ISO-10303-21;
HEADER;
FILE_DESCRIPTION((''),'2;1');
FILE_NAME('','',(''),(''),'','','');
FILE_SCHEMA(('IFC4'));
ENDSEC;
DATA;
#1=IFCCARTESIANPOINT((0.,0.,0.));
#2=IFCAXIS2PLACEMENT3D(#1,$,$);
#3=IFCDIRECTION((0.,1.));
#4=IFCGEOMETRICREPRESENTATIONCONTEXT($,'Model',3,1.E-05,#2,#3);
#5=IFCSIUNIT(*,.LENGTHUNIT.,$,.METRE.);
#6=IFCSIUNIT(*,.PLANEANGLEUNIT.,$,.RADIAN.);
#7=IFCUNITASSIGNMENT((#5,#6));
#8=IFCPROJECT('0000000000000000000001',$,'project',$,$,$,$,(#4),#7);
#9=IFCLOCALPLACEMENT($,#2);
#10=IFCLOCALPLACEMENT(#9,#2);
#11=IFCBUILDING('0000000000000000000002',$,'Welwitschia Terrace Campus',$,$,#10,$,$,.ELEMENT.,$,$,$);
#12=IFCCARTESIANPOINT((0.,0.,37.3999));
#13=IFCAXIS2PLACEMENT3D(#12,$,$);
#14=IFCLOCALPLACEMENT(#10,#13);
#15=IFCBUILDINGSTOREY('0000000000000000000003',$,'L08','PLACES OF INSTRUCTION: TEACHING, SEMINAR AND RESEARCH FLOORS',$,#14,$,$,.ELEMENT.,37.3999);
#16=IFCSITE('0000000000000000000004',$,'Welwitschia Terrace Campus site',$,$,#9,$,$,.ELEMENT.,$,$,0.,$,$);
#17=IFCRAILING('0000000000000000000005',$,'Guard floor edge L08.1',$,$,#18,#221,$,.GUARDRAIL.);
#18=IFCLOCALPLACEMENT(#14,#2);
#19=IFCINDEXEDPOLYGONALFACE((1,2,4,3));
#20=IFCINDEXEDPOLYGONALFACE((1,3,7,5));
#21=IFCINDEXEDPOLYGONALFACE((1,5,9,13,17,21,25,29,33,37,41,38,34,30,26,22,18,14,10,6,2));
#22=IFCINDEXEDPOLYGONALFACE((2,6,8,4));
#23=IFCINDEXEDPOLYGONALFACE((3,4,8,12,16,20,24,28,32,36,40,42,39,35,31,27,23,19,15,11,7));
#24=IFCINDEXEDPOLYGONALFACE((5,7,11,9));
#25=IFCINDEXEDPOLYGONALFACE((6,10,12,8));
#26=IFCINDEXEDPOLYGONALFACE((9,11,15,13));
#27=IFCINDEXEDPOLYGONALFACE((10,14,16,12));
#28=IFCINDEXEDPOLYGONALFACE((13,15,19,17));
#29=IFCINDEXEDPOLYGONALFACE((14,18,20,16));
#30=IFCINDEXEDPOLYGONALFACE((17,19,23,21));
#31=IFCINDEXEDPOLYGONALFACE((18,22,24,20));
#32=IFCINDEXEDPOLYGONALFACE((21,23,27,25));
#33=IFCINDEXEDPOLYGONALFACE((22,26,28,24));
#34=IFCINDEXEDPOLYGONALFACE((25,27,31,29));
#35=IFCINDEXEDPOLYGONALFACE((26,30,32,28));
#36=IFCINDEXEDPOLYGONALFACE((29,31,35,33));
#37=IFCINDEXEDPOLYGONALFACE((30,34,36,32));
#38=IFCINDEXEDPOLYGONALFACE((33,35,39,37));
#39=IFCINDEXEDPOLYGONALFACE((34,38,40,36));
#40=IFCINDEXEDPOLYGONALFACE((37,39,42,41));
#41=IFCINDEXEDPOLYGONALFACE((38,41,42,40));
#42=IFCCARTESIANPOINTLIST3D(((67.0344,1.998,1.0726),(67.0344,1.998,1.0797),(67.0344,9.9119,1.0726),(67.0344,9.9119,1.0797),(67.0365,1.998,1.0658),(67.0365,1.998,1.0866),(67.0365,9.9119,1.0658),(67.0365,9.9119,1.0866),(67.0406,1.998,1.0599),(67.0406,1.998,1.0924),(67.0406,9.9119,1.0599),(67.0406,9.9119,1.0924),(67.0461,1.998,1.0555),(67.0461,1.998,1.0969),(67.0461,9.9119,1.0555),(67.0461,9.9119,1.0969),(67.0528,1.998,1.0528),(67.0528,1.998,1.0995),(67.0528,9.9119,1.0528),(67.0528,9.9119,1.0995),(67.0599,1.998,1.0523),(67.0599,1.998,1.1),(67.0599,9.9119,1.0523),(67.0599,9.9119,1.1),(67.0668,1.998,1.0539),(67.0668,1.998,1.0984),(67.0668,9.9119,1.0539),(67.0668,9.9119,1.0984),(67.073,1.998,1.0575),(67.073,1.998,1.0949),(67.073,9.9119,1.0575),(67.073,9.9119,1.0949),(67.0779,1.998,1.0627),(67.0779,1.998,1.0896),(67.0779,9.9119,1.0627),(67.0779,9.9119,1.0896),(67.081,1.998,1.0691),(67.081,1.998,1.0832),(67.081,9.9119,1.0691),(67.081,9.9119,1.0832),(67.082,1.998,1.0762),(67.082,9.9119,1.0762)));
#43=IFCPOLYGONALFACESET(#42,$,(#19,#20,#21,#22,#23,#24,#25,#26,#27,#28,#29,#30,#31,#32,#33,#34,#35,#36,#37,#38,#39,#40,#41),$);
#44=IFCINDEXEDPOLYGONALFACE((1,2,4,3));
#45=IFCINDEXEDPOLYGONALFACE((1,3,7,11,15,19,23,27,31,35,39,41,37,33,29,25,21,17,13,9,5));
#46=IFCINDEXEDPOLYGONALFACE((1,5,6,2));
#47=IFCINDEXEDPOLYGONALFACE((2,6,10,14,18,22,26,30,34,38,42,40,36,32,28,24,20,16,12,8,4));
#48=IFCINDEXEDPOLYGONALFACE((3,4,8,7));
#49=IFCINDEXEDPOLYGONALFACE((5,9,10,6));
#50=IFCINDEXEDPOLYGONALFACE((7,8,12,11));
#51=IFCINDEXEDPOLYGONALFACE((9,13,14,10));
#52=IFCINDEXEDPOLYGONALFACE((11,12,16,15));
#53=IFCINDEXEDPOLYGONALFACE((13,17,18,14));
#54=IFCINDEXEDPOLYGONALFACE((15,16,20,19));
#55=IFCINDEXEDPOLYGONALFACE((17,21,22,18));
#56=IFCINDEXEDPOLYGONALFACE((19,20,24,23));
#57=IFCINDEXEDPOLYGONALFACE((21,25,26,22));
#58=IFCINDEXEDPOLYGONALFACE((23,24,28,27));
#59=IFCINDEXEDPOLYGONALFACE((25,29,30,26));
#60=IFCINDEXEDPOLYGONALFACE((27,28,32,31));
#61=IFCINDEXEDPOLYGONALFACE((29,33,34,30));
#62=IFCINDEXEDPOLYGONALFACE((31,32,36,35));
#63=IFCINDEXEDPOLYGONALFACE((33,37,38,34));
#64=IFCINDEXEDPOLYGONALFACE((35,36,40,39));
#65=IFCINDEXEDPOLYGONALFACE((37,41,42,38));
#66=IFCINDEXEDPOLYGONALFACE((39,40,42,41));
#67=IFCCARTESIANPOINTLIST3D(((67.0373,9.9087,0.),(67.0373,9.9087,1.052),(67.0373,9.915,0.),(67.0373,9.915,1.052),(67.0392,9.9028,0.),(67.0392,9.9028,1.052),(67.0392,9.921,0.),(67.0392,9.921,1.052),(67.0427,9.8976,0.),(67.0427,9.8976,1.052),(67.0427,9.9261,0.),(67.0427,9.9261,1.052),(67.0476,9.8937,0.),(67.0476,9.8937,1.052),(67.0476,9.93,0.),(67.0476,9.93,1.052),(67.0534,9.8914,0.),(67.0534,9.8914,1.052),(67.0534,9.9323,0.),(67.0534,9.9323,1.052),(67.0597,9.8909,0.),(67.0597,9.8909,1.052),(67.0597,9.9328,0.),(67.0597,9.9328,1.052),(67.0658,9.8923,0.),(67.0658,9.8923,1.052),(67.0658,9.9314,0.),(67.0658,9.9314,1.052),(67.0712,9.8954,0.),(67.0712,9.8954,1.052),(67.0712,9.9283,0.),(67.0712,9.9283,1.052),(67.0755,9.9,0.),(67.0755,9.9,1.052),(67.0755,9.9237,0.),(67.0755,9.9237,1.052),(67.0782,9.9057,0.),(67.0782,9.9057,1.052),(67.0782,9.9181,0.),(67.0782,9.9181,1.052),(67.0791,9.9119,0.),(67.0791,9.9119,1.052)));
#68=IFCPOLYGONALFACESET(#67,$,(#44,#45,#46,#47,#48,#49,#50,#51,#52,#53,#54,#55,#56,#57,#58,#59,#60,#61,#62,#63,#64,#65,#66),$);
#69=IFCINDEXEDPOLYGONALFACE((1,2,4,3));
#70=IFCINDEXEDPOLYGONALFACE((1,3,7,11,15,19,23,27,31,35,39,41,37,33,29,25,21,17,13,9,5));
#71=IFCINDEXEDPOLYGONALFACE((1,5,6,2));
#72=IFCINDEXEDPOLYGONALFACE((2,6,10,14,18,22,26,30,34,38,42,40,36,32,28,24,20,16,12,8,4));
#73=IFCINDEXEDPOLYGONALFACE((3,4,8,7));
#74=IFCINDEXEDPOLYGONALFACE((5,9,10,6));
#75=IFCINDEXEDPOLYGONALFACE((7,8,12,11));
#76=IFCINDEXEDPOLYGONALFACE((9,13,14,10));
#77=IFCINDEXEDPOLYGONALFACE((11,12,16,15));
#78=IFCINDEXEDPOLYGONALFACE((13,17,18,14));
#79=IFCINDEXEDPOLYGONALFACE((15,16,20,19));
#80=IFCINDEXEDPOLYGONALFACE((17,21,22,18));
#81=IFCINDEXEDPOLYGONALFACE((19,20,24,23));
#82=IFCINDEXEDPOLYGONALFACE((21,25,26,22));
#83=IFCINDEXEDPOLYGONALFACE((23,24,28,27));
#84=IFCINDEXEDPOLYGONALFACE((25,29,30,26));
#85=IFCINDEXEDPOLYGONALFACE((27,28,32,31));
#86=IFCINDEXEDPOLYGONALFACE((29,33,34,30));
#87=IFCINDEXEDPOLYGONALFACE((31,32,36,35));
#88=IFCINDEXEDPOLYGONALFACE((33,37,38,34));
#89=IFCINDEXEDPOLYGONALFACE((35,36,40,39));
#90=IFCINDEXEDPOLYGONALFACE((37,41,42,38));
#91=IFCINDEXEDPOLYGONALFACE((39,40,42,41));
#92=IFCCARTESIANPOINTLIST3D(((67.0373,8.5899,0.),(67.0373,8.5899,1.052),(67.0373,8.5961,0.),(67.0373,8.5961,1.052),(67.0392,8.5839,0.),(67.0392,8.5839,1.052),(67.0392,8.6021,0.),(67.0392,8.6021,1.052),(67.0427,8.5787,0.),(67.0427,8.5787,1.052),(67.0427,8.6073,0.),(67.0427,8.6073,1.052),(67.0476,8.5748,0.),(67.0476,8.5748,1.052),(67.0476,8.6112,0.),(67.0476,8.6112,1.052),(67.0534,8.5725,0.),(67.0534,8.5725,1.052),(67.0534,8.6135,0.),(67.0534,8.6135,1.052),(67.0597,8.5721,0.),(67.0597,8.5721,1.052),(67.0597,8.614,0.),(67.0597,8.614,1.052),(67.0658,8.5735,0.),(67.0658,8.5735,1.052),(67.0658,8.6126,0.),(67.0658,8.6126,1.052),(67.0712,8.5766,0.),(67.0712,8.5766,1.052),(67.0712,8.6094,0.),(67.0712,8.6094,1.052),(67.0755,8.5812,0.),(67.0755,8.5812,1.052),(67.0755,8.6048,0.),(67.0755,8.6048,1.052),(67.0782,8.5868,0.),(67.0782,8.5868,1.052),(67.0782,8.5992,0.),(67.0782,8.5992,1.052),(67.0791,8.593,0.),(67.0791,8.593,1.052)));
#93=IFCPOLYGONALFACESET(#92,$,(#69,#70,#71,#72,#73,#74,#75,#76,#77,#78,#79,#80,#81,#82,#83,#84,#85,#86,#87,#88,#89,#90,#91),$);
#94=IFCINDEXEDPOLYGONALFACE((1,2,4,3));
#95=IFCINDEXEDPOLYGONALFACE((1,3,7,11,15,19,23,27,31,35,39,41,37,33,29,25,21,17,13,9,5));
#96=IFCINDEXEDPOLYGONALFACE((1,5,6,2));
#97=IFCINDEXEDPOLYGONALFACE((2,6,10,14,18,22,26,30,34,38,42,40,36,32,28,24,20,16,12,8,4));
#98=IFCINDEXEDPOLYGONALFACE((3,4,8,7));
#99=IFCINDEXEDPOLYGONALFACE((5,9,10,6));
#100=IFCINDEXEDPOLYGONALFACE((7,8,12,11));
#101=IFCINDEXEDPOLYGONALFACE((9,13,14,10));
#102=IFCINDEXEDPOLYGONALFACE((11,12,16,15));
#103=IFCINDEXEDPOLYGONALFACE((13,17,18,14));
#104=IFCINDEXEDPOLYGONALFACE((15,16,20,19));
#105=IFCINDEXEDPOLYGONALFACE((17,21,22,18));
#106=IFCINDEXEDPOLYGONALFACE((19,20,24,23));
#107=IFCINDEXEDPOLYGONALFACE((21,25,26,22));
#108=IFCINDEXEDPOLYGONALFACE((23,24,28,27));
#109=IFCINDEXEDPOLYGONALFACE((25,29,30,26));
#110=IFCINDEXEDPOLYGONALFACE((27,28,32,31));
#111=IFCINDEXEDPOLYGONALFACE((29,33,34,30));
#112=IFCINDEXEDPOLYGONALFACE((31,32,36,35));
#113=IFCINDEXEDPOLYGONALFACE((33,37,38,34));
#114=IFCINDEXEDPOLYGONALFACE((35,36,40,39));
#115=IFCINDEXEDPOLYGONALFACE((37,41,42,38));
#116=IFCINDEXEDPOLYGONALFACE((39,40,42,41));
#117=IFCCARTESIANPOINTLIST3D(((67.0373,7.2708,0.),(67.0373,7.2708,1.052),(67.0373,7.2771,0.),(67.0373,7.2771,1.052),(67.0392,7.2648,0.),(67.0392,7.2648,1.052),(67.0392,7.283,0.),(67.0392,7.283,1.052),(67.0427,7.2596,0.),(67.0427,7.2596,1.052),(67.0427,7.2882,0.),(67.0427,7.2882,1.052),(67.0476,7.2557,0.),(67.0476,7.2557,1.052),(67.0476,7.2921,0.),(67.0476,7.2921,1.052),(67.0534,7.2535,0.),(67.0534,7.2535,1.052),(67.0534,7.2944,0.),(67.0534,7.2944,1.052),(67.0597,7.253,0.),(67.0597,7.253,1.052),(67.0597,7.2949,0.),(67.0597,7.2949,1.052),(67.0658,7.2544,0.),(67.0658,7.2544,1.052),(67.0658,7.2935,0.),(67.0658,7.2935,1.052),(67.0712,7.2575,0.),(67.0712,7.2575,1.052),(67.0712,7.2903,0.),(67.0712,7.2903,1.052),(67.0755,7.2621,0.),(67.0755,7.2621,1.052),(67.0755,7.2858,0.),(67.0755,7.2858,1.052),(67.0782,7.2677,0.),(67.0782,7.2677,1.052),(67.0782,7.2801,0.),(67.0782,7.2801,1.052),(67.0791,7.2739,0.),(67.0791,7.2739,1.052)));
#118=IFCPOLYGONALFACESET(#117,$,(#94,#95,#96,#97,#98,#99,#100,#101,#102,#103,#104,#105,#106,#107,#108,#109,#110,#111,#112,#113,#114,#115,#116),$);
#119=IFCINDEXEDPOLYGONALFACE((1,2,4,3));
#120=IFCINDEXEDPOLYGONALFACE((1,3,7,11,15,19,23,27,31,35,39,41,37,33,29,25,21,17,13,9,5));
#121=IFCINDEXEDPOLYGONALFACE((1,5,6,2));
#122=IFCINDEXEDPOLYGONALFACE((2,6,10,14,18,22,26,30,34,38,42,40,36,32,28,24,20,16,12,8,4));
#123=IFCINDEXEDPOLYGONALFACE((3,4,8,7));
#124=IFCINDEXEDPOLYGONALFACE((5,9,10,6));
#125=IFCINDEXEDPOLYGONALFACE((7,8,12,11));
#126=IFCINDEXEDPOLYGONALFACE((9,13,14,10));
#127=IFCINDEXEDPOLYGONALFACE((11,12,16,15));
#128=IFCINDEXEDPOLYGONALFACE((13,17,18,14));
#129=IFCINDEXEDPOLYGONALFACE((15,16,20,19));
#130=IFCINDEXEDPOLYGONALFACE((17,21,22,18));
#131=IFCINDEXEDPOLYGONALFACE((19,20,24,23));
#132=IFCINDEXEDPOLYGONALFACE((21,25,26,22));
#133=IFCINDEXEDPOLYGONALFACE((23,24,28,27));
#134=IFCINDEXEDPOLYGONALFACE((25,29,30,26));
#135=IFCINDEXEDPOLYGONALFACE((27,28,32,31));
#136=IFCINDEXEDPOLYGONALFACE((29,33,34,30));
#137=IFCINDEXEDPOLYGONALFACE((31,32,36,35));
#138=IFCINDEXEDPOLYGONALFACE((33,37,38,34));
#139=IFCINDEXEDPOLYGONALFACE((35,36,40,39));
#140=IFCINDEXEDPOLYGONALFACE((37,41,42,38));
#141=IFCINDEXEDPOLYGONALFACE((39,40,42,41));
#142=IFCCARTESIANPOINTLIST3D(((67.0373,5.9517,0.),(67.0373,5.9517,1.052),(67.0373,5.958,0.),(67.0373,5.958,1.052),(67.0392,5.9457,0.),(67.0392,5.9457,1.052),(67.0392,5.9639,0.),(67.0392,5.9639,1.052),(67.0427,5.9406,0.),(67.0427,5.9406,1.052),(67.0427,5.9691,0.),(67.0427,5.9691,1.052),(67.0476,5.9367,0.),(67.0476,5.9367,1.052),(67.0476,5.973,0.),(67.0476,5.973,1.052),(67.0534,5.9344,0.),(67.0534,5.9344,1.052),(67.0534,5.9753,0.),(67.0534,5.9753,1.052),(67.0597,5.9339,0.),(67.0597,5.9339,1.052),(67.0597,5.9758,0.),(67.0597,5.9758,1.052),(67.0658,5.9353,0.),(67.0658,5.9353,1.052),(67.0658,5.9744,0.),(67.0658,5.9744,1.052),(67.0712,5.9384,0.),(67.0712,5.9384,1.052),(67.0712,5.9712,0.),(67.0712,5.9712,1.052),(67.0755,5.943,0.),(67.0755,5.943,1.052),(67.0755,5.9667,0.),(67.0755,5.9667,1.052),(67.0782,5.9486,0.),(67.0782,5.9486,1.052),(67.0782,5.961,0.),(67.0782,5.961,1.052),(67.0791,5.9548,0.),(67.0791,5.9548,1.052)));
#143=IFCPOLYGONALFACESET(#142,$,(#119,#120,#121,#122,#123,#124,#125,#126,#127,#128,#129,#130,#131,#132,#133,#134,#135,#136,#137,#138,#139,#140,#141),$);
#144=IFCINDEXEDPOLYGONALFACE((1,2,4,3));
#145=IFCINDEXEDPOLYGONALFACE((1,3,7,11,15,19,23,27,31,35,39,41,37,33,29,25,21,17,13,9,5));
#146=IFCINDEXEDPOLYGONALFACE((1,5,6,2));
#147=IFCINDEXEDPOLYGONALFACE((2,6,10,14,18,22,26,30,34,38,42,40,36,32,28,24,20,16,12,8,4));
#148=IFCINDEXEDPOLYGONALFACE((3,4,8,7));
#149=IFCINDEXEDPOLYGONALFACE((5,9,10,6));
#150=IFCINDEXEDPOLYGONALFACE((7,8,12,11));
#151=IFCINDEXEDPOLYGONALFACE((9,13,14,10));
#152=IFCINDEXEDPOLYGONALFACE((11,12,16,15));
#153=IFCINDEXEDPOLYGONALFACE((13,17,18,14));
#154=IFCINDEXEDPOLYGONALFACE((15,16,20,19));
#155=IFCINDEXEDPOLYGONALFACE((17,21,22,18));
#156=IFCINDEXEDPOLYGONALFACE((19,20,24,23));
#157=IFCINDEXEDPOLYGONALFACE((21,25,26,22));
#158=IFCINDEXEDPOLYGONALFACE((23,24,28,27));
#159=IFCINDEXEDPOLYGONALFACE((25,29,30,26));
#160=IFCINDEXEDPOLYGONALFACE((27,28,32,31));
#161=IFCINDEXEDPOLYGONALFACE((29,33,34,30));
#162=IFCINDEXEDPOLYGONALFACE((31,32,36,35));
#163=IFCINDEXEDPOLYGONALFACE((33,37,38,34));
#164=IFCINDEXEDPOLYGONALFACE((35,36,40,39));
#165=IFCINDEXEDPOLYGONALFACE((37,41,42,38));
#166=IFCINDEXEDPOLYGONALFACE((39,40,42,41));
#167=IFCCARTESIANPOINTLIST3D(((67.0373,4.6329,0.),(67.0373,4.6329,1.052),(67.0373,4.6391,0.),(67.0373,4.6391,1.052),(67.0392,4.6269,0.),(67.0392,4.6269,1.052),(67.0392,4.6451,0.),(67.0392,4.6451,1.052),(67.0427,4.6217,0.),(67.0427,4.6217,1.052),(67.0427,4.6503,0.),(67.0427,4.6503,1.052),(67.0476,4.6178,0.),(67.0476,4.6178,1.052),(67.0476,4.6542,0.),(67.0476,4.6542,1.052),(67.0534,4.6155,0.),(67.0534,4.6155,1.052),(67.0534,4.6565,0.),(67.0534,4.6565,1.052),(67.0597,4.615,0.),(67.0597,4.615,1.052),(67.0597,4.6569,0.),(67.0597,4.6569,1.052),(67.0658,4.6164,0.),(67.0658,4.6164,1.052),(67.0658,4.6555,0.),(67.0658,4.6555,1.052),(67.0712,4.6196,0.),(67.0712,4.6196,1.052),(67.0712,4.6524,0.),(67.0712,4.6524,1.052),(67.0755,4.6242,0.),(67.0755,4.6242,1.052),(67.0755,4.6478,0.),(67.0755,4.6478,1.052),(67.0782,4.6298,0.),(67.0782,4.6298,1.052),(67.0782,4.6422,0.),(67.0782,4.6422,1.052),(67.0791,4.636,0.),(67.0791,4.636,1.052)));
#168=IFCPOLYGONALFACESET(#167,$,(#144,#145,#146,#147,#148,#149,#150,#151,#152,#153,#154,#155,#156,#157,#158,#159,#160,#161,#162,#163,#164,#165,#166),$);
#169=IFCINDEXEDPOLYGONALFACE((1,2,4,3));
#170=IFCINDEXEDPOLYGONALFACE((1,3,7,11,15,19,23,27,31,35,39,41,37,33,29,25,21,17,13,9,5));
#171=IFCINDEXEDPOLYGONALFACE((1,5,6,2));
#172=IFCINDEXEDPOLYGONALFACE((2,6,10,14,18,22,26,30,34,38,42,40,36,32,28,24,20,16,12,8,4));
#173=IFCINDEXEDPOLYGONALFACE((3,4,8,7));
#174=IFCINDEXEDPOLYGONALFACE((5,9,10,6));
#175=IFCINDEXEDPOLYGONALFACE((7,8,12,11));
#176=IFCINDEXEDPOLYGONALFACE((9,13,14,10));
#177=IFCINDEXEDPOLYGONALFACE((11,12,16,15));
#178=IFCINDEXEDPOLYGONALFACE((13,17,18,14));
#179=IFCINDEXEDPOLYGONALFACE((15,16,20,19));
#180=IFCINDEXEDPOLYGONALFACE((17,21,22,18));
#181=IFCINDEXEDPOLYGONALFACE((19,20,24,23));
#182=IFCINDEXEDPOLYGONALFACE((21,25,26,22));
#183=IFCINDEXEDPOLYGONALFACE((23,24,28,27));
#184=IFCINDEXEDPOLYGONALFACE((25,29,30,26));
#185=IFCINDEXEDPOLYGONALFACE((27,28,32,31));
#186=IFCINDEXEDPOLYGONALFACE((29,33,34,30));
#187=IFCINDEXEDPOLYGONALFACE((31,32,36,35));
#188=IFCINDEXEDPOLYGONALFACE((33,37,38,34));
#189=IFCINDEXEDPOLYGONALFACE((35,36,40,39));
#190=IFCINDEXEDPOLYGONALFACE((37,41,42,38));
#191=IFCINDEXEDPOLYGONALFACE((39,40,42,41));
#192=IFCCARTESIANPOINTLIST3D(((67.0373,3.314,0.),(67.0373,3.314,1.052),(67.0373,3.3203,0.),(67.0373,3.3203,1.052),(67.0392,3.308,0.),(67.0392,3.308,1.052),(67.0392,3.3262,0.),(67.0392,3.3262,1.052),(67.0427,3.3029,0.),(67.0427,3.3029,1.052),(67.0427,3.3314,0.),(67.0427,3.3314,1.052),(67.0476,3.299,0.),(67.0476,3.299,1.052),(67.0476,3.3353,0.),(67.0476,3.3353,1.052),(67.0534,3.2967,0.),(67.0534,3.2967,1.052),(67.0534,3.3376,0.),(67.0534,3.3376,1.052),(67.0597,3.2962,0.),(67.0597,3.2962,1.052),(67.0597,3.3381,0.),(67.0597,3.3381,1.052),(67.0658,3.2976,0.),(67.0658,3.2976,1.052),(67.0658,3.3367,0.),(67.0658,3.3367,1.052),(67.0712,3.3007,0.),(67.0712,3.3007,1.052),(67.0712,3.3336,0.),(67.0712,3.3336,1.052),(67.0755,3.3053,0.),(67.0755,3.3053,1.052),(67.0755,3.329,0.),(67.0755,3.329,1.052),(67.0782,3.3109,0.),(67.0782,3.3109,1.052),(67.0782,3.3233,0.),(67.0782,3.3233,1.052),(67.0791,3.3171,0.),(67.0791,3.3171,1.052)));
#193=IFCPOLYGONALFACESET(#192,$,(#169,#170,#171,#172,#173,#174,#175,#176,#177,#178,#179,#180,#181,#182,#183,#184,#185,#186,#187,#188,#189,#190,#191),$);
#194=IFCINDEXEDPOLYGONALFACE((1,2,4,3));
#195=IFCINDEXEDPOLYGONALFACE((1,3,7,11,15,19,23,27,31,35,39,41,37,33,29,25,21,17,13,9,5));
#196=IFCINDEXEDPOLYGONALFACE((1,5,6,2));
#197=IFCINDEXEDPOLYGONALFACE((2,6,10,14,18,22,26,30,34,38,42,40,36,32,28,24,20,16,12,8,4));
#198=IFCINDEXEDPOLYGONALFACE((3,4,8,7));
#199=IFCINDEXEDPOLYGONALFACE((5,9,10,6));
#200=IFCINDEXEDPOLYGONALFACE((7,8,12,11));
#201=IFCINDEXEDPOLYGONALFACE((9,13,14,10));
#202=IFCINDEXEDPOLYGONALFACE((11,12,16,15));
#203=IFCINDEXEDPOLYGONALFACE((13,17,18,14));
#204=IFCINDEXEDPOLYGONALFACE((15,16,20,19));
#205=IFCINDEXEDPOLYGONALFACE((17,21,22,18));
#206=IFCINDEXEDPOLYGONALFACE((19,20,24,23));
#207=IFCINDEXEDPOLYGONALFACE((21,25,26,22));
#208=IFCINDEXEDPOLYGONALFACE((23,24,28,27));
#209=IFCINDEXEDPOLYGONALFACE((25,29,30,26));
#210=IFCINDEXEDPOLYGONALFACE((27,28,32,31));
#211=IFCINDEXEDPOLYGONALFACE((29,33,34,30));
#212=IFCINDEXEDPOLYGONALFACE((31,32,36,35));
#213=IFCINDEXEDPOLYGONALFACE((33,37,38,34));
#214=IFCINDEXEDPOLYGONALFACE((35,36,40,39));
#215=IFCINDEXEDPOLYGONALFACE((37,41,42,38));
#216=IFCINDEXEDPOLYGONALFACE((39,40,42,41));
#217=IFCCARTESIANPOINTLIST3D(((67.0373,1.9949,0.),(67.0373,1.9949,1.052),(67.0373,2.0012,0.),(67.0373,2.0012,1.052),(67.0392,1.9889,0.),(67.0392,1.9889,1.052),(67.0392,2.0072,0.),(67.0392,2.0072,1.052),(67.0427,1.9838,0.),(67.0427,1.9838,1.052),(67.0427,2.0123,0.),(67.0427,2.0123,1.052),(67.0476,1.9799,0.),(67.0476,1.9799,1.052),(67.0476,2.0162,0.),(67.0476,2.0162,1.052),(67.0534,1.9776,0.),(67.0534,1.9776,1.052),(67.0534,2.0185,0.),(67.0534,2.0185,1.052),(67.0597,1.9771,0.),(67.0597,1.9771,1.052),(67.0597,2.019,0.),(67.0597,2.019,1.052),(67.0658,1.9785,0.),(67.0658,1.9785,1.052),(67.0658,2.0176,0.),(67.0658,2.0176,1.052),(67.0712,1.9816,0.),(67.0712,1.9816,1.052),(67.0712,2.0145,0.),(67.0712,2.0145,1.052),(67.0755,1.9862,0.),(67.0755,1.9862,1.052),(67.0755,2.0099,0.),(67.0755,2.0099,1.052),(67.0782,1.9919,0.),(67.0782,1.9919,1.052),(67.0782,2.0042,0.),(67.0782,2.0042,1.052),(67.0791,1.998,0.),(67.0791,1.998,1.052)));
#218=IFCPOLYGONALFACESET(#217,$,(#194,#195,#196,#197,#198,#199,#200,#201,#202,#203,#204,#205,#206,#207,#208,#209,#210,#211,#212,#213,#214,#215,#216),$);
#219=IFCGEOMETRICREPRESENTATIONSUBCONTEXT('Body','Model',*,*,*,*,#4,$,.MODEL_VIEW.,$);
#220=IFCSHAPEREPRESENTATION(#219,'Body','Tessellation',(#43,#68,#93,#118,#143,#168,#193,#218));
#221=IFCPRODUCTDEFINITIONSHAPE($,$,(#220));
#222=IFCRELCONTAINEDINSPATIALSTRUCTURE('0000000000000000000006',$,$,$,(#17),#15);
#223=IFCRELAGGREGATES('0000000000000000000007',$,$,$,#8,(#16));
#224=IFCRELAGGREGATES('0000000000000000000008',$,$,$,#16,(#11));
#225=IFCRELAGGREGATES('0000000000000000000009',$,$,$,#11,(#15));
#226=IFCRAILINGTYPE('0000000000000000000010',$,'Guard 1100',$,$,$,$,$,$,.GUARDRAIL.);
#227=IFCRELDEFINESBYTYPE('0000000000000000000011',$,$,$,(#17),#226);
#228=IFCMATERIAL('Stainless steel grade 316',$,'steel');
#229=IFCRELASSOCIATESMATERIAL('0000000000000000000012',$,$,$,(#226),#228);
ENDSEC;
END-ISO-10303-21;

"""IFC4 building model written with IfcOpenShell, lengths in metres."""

from ifc_helpers import new_model, si_unit, direction, frame, origin, origin_2d, place, context, subcontext, project, spatial, circle, extrude, material, type_object, element, save


model = new_model("IFC4")

# Units and contexts
model_context = context("Model", 3, precision=1e-05, world=origin(), true_north=direction((0.0, 1.0)))
body_context = subcontext(model_context, "Body", "Model", "MODEL_VIEW")
ifc_project = project(units=[si_unit("LENGTHUNIT", "METRE"), si_unit("PLANEANGLEUNIT", "RADIAN")], contexts=[model_context])

# Site, building, storey
site_placement = place(None, origin())
site = spatial("IfcSite", under=ifc_project, at=site_placement, Name="Welwitschia Terrace Campus site", CompositionType="ELEMENT", RefElevation=0.0)
building_placement = place(site_placement, origin())
building = spatial("IfcBuilding", under=site, at=building_placement, Name="Welwitschia Terrace Campus", CompositionType="ELEMENT")
storey_placement = place(building_placement, frame((0.0, 0.0, 37.3999)))
storey = spatial("IfcBuildingStorey", under=building, at=storey_placement, Name="L08", Description="PLACES OF INSTRUCTION: TEACHING, SEMINAR AND RESEARCH FLOORS", CompositionType="ELEMENT", Elevation=37.3999)

# Railing
ifc_material_1 = material(Name="Stainless steel grade 316", Category="steel")
railing_type = type_object("IfcRailingType", Name="Guard 1100", PredefinedType="GUARDRAIL", material=ifc_material_1)
railing_1_placement = place(storey_placement, frame((67.0581, 9.9119, 0.0)))
element("IfcRailing", 1, at=railing_1_placement, inside=storey, type_object=railing_type, Name="Guard floor edge L08.1", PredefinedType="GUARDRAIL", context=body_context, shape_type="SweptSolid", body=[
    extrude(circle(Radius=0.0239, at=origin_2d()), frame((0.0, 0.0, 1.0762), z_axis=(0.0, -1.0, 0.0), x_axis=(1.0, 0.0, 0.0)), (0.0, 0.0, 1.0), 7.9138),
    extrude(circle(Radius=0.021, at=origin_2d()), origin(), (0.0, 0.0, 1.0), 1.052),
    extrude(circle(Radius=0.021, at=origin_2d()), frame((0.0, -1.3188, 0.0)), (0.0, 0.0, 1.0), 1.052),
    extrude(circle(Radius=0.021, at=origin_2d()), frame((0.0, -2.6379, 0.0)), (0.0, 0.0, 1.0), 1.052),
    extrude(circle(Radius=0.021, at=origin_2d()), frame((0.0, -3.957, 0.0)), (0.0, 0.0, 1.0), 1.052),
    extrude(circle(Radius=0.021, at=origin_2d()), frame((0.0, -5.2759, 0.0)), (0.0, 0.0, 1.0), 1.052),
    extrude(circle(Radius=0.021, at=origin_2d()), frame((0.0, -6.5947, 0.0)), (0.0, 0.0, 1.0), 1.052),
    extrude(circle(Radius=0.021, at=origin_2d()), frame((0.0, -7.9138, 0.0)), (0.0, 0.0, 1.0), 1.052),
])

save(model, "model.ifc")
